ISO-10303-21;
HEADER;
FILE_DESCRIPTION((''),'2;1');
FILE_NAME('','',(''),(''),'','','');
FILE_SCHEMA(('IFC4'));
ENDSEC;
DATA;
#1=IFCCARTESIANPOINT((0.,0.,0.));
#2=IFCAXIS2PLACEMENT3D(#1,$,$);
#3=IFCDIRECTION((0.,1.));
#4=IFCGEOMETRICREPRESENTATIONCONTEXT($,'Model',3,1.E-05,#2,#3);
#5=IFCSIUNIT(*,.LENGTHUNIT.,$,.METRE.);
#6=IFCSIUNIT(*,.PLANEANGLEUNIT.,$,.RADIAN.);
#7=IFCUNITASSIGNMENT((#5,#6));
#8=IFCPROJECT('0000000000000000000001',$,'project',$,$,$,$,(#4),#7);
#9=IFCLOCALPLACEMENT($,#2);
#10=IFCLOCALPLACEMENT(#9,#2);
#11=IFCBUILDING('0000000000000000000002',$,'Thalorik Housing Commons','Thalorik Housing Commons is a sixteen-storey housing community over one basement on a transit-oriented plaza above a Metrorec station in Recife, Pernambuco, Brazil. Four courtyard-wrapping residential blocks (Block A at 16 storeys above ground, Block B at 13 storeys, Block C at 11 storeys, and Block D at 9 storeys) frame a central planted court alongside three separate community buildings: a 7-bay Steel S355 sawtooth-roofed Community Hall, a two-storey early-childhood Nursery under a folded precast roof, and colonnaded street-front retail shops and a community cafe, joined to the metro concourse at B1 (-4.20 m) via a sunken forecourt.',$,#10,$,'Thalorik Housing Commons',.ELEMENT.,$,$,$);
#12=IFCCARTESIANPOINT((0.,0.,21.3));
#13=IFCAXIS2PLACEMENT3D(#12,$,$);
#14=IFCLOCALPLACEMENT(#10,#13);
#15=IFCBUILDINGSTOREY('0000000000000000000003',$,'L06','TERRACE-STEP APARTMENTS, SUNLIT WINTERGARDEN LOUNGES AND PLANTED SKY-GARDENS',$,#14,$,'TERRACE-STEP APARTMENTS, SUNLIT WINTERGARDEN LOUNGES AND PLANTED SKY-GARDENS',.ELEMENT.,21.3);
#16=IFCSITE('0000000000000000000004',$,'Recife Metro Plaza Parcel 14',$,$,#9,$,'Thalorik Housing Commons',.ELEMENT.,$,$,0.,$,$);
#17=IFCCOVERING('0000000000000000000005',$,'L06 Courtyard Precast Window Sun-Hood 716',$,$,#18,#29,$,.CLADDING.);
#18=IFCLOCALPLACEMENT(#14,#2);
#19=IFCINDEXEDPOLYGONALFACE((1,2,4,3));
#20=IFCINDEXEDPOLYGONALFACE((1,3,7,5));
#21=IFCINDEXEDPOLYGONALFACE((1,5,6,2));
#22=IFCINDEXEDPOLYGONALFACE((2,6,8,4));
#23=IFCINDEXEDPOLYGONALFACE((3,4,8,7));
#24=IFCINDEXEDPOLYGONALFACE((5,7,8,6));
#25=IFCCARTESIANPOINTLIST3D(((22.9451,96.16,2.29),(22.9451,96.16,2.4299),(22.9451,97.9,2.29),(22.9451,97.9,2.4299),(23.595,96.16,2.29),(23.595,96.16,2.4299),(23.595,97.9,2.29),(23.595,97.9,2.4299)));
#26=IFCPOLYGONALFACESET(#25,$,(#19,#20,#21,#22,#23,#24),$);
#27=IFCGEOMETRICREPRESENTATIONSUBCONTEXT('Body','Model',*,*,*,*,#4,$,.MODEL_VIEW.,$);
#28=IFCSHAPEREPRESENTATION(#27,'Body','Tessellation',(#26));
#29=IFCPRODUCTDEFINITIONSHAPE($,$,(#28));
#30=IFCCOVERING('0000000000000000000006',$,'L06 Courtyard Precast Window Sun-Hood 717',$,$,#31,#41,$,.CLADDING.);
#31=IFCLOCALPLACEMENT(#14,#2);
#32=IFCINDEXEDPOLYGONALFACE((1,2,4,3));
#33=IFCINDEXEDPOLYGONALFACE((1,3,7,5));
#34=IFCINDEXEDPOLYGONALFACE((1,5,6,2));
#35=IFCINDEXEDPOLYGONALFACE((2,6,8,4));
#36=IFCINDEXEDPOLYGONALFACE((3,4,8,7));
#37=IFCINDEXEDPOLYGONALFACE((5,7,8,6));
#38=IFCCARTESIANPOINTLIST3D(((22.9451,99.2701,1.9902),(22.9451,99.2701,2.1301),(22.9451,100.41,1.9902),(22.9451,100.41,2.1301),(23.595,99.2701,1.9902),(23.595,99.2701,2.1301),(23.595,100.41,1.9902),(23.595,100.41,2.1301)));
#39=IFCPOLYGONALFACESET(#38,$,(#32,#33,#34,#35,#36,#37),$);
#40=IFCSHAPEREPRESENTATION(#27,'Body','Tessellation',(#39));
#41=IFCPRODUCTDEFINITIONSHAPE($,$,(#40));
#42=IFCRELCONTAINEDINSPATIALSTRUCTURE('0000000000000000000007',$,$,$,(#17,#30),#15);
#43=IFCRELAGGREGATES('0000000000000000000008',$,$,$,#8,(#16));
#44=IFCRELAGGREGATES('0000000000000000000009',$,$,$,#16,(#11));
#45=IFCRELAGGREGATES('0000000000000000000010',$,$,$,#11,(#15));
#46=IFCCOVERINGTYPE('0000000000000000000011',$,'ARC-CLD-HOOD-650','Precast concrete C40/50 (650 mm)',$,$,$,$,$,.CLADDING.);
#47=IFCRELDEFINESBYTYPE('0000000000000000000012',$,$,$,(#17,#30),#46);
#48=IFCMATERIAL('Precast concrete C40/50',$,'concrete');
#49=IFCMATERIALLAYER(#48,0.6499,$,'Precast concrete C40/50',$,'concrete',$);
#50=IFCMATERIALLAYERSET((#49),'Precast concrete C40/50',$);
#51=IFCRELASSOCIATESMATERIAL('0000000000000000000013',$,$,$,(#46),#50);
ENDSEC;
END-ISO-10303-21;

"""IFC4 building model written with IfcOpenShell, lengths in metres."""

from ifc_helpers import new_model, si_unit, direction, frame, origin, origin_2d, place, context, subcontext, project, spatial, rectangle, extrude, material, layer, layer_set, type_object, element, save


model = new_model("IFC4")

# Units and contexts
model_context = context("Model", 3, precision=1e-05, world=origin(), true_north=direction((0.0, 1.0)))
body_context = subcontext(model_context, "Body", "Model", "MODEL_VIEW")
ifc_project = project(units=[si_unit("LENGTHUNIT", "METRE"), si_unit("PLANEANGLEUNIT", "RADIAN")], contexts=[model_context])

# Site, building, storey
site_placement = place(None, origin())
site = spatial("IfcSite", under=ifc_project, at=site_placement, Name="Recife Metro Plaza Parcel 14", LongName="Thalorik Housing Commons", CompositionType="ELEMENT", RefElevation=0.0)
building_placement = place(site_placement, origin())
building = spatial("IfcBuilding", under=site, at=building_placement, Name="Thalorik Housing Commons", Description="Thalorik Housing Commons is a sixteen-storey housing community over one basement on a transit-oriented plaza above a Metrorec station in Recife, Pernambuco, Brazil. Four courtyard-wrapping residential blocks (Block A at 16 storeys above ground, Block B at 13 storeys, Block C at 11 storeys, and Block D at 9 storeys) frame a central planted court alongside three separate community buildings: a 7-bay Steel S355 sawtooth-roofed Community Hall, a two-storey early-childhood Nursery under a folded precast roof, and colonnaded street-front retail shops and a community cafe, joined to the metro concourse at B1 (-4.20 m) via a sunken forecourt.", LongName="Thalorik Housing Commons", CompositionType="ELEMENT")
storey_placement = place(building_placement, frame((0.0, 0.0, 21.3)))
storey = spatial("IfcBuildingStorey", under=building, at=storey_placement, Name="L06", Description="TERRACE-STEP APARTMENTS, SUNLIT WINTERGARDEN LOUNGES AND PLANTED SKY-GARDENS", LongName="TERRACE-STEP APARTMENTS, SUNLIT WINTERGARDEN LOUNGES AND PLANTED SKY-GARDENS", CompositionType="ELEMENT", Elevation=21.3)

# Shared definitions
ifc_material_1 = material(Name="Precast concrete C40/50", Category="concrete")

# Coverings
ifc_layer_1 = layer(ifc_material_1, 0.6499, Name="Precast concrete C40/50", Category="concrete")
ifc_layer_set_1 = layer_set([ifc_layer_1], Name="Precast concrete C40/50")
covering_type_1 = type_object("IfcCoveringType", Name="ARC-CLD-HOOD-650", Description="Precast concrete C40/50 (650 mm)", PredefinedType="CLADDING", material=ifc_layer_set_1)
covering_1_placement = place(storey_placement, frame((23.27, 97.03, 2.29), z_axis=(0.0, 0.0, 1.0), x_axis=(0.0, 1.0, 0.0)))
element("IfcCovering", 1, at=covering_1_placement, inside=storey, type_object=covering_type_1, Name="L06 Courtyard Precast Window Sun-Hood 716", PredefinedType="CLADDING", context=body_context, shape_type="SweptSolid", body=[
    extrude(rectangle(XDim=1.74, YDim=0.6499, at=origin_2d()), origin(), (0.0, 0.0, 1.0), 0.1399),
])
covering_2_placement = place(storey_placement, frame((23.27, 99.8401, 1.9902), z_axis=(0.0, 0.0, 1.0), x_axis=(0.0, 1.0, 0.0)))
element("IfcCovering", 2, at=covering_2_placement, inside=storey, type_object=covering_type_1, Name="L06 Courtyard Precast Window Sun-Hood 717", PredefinedType="CLADDING", context=body_context, shape_type="SweptSolid", body=[
    extrude(rectangle(XDim=1.1399, YDim=0.6499, at=origin_2d()), origin(), (0.0, 0.0, 1.0), 0.1399),
])

save(model, "model.ifc")
